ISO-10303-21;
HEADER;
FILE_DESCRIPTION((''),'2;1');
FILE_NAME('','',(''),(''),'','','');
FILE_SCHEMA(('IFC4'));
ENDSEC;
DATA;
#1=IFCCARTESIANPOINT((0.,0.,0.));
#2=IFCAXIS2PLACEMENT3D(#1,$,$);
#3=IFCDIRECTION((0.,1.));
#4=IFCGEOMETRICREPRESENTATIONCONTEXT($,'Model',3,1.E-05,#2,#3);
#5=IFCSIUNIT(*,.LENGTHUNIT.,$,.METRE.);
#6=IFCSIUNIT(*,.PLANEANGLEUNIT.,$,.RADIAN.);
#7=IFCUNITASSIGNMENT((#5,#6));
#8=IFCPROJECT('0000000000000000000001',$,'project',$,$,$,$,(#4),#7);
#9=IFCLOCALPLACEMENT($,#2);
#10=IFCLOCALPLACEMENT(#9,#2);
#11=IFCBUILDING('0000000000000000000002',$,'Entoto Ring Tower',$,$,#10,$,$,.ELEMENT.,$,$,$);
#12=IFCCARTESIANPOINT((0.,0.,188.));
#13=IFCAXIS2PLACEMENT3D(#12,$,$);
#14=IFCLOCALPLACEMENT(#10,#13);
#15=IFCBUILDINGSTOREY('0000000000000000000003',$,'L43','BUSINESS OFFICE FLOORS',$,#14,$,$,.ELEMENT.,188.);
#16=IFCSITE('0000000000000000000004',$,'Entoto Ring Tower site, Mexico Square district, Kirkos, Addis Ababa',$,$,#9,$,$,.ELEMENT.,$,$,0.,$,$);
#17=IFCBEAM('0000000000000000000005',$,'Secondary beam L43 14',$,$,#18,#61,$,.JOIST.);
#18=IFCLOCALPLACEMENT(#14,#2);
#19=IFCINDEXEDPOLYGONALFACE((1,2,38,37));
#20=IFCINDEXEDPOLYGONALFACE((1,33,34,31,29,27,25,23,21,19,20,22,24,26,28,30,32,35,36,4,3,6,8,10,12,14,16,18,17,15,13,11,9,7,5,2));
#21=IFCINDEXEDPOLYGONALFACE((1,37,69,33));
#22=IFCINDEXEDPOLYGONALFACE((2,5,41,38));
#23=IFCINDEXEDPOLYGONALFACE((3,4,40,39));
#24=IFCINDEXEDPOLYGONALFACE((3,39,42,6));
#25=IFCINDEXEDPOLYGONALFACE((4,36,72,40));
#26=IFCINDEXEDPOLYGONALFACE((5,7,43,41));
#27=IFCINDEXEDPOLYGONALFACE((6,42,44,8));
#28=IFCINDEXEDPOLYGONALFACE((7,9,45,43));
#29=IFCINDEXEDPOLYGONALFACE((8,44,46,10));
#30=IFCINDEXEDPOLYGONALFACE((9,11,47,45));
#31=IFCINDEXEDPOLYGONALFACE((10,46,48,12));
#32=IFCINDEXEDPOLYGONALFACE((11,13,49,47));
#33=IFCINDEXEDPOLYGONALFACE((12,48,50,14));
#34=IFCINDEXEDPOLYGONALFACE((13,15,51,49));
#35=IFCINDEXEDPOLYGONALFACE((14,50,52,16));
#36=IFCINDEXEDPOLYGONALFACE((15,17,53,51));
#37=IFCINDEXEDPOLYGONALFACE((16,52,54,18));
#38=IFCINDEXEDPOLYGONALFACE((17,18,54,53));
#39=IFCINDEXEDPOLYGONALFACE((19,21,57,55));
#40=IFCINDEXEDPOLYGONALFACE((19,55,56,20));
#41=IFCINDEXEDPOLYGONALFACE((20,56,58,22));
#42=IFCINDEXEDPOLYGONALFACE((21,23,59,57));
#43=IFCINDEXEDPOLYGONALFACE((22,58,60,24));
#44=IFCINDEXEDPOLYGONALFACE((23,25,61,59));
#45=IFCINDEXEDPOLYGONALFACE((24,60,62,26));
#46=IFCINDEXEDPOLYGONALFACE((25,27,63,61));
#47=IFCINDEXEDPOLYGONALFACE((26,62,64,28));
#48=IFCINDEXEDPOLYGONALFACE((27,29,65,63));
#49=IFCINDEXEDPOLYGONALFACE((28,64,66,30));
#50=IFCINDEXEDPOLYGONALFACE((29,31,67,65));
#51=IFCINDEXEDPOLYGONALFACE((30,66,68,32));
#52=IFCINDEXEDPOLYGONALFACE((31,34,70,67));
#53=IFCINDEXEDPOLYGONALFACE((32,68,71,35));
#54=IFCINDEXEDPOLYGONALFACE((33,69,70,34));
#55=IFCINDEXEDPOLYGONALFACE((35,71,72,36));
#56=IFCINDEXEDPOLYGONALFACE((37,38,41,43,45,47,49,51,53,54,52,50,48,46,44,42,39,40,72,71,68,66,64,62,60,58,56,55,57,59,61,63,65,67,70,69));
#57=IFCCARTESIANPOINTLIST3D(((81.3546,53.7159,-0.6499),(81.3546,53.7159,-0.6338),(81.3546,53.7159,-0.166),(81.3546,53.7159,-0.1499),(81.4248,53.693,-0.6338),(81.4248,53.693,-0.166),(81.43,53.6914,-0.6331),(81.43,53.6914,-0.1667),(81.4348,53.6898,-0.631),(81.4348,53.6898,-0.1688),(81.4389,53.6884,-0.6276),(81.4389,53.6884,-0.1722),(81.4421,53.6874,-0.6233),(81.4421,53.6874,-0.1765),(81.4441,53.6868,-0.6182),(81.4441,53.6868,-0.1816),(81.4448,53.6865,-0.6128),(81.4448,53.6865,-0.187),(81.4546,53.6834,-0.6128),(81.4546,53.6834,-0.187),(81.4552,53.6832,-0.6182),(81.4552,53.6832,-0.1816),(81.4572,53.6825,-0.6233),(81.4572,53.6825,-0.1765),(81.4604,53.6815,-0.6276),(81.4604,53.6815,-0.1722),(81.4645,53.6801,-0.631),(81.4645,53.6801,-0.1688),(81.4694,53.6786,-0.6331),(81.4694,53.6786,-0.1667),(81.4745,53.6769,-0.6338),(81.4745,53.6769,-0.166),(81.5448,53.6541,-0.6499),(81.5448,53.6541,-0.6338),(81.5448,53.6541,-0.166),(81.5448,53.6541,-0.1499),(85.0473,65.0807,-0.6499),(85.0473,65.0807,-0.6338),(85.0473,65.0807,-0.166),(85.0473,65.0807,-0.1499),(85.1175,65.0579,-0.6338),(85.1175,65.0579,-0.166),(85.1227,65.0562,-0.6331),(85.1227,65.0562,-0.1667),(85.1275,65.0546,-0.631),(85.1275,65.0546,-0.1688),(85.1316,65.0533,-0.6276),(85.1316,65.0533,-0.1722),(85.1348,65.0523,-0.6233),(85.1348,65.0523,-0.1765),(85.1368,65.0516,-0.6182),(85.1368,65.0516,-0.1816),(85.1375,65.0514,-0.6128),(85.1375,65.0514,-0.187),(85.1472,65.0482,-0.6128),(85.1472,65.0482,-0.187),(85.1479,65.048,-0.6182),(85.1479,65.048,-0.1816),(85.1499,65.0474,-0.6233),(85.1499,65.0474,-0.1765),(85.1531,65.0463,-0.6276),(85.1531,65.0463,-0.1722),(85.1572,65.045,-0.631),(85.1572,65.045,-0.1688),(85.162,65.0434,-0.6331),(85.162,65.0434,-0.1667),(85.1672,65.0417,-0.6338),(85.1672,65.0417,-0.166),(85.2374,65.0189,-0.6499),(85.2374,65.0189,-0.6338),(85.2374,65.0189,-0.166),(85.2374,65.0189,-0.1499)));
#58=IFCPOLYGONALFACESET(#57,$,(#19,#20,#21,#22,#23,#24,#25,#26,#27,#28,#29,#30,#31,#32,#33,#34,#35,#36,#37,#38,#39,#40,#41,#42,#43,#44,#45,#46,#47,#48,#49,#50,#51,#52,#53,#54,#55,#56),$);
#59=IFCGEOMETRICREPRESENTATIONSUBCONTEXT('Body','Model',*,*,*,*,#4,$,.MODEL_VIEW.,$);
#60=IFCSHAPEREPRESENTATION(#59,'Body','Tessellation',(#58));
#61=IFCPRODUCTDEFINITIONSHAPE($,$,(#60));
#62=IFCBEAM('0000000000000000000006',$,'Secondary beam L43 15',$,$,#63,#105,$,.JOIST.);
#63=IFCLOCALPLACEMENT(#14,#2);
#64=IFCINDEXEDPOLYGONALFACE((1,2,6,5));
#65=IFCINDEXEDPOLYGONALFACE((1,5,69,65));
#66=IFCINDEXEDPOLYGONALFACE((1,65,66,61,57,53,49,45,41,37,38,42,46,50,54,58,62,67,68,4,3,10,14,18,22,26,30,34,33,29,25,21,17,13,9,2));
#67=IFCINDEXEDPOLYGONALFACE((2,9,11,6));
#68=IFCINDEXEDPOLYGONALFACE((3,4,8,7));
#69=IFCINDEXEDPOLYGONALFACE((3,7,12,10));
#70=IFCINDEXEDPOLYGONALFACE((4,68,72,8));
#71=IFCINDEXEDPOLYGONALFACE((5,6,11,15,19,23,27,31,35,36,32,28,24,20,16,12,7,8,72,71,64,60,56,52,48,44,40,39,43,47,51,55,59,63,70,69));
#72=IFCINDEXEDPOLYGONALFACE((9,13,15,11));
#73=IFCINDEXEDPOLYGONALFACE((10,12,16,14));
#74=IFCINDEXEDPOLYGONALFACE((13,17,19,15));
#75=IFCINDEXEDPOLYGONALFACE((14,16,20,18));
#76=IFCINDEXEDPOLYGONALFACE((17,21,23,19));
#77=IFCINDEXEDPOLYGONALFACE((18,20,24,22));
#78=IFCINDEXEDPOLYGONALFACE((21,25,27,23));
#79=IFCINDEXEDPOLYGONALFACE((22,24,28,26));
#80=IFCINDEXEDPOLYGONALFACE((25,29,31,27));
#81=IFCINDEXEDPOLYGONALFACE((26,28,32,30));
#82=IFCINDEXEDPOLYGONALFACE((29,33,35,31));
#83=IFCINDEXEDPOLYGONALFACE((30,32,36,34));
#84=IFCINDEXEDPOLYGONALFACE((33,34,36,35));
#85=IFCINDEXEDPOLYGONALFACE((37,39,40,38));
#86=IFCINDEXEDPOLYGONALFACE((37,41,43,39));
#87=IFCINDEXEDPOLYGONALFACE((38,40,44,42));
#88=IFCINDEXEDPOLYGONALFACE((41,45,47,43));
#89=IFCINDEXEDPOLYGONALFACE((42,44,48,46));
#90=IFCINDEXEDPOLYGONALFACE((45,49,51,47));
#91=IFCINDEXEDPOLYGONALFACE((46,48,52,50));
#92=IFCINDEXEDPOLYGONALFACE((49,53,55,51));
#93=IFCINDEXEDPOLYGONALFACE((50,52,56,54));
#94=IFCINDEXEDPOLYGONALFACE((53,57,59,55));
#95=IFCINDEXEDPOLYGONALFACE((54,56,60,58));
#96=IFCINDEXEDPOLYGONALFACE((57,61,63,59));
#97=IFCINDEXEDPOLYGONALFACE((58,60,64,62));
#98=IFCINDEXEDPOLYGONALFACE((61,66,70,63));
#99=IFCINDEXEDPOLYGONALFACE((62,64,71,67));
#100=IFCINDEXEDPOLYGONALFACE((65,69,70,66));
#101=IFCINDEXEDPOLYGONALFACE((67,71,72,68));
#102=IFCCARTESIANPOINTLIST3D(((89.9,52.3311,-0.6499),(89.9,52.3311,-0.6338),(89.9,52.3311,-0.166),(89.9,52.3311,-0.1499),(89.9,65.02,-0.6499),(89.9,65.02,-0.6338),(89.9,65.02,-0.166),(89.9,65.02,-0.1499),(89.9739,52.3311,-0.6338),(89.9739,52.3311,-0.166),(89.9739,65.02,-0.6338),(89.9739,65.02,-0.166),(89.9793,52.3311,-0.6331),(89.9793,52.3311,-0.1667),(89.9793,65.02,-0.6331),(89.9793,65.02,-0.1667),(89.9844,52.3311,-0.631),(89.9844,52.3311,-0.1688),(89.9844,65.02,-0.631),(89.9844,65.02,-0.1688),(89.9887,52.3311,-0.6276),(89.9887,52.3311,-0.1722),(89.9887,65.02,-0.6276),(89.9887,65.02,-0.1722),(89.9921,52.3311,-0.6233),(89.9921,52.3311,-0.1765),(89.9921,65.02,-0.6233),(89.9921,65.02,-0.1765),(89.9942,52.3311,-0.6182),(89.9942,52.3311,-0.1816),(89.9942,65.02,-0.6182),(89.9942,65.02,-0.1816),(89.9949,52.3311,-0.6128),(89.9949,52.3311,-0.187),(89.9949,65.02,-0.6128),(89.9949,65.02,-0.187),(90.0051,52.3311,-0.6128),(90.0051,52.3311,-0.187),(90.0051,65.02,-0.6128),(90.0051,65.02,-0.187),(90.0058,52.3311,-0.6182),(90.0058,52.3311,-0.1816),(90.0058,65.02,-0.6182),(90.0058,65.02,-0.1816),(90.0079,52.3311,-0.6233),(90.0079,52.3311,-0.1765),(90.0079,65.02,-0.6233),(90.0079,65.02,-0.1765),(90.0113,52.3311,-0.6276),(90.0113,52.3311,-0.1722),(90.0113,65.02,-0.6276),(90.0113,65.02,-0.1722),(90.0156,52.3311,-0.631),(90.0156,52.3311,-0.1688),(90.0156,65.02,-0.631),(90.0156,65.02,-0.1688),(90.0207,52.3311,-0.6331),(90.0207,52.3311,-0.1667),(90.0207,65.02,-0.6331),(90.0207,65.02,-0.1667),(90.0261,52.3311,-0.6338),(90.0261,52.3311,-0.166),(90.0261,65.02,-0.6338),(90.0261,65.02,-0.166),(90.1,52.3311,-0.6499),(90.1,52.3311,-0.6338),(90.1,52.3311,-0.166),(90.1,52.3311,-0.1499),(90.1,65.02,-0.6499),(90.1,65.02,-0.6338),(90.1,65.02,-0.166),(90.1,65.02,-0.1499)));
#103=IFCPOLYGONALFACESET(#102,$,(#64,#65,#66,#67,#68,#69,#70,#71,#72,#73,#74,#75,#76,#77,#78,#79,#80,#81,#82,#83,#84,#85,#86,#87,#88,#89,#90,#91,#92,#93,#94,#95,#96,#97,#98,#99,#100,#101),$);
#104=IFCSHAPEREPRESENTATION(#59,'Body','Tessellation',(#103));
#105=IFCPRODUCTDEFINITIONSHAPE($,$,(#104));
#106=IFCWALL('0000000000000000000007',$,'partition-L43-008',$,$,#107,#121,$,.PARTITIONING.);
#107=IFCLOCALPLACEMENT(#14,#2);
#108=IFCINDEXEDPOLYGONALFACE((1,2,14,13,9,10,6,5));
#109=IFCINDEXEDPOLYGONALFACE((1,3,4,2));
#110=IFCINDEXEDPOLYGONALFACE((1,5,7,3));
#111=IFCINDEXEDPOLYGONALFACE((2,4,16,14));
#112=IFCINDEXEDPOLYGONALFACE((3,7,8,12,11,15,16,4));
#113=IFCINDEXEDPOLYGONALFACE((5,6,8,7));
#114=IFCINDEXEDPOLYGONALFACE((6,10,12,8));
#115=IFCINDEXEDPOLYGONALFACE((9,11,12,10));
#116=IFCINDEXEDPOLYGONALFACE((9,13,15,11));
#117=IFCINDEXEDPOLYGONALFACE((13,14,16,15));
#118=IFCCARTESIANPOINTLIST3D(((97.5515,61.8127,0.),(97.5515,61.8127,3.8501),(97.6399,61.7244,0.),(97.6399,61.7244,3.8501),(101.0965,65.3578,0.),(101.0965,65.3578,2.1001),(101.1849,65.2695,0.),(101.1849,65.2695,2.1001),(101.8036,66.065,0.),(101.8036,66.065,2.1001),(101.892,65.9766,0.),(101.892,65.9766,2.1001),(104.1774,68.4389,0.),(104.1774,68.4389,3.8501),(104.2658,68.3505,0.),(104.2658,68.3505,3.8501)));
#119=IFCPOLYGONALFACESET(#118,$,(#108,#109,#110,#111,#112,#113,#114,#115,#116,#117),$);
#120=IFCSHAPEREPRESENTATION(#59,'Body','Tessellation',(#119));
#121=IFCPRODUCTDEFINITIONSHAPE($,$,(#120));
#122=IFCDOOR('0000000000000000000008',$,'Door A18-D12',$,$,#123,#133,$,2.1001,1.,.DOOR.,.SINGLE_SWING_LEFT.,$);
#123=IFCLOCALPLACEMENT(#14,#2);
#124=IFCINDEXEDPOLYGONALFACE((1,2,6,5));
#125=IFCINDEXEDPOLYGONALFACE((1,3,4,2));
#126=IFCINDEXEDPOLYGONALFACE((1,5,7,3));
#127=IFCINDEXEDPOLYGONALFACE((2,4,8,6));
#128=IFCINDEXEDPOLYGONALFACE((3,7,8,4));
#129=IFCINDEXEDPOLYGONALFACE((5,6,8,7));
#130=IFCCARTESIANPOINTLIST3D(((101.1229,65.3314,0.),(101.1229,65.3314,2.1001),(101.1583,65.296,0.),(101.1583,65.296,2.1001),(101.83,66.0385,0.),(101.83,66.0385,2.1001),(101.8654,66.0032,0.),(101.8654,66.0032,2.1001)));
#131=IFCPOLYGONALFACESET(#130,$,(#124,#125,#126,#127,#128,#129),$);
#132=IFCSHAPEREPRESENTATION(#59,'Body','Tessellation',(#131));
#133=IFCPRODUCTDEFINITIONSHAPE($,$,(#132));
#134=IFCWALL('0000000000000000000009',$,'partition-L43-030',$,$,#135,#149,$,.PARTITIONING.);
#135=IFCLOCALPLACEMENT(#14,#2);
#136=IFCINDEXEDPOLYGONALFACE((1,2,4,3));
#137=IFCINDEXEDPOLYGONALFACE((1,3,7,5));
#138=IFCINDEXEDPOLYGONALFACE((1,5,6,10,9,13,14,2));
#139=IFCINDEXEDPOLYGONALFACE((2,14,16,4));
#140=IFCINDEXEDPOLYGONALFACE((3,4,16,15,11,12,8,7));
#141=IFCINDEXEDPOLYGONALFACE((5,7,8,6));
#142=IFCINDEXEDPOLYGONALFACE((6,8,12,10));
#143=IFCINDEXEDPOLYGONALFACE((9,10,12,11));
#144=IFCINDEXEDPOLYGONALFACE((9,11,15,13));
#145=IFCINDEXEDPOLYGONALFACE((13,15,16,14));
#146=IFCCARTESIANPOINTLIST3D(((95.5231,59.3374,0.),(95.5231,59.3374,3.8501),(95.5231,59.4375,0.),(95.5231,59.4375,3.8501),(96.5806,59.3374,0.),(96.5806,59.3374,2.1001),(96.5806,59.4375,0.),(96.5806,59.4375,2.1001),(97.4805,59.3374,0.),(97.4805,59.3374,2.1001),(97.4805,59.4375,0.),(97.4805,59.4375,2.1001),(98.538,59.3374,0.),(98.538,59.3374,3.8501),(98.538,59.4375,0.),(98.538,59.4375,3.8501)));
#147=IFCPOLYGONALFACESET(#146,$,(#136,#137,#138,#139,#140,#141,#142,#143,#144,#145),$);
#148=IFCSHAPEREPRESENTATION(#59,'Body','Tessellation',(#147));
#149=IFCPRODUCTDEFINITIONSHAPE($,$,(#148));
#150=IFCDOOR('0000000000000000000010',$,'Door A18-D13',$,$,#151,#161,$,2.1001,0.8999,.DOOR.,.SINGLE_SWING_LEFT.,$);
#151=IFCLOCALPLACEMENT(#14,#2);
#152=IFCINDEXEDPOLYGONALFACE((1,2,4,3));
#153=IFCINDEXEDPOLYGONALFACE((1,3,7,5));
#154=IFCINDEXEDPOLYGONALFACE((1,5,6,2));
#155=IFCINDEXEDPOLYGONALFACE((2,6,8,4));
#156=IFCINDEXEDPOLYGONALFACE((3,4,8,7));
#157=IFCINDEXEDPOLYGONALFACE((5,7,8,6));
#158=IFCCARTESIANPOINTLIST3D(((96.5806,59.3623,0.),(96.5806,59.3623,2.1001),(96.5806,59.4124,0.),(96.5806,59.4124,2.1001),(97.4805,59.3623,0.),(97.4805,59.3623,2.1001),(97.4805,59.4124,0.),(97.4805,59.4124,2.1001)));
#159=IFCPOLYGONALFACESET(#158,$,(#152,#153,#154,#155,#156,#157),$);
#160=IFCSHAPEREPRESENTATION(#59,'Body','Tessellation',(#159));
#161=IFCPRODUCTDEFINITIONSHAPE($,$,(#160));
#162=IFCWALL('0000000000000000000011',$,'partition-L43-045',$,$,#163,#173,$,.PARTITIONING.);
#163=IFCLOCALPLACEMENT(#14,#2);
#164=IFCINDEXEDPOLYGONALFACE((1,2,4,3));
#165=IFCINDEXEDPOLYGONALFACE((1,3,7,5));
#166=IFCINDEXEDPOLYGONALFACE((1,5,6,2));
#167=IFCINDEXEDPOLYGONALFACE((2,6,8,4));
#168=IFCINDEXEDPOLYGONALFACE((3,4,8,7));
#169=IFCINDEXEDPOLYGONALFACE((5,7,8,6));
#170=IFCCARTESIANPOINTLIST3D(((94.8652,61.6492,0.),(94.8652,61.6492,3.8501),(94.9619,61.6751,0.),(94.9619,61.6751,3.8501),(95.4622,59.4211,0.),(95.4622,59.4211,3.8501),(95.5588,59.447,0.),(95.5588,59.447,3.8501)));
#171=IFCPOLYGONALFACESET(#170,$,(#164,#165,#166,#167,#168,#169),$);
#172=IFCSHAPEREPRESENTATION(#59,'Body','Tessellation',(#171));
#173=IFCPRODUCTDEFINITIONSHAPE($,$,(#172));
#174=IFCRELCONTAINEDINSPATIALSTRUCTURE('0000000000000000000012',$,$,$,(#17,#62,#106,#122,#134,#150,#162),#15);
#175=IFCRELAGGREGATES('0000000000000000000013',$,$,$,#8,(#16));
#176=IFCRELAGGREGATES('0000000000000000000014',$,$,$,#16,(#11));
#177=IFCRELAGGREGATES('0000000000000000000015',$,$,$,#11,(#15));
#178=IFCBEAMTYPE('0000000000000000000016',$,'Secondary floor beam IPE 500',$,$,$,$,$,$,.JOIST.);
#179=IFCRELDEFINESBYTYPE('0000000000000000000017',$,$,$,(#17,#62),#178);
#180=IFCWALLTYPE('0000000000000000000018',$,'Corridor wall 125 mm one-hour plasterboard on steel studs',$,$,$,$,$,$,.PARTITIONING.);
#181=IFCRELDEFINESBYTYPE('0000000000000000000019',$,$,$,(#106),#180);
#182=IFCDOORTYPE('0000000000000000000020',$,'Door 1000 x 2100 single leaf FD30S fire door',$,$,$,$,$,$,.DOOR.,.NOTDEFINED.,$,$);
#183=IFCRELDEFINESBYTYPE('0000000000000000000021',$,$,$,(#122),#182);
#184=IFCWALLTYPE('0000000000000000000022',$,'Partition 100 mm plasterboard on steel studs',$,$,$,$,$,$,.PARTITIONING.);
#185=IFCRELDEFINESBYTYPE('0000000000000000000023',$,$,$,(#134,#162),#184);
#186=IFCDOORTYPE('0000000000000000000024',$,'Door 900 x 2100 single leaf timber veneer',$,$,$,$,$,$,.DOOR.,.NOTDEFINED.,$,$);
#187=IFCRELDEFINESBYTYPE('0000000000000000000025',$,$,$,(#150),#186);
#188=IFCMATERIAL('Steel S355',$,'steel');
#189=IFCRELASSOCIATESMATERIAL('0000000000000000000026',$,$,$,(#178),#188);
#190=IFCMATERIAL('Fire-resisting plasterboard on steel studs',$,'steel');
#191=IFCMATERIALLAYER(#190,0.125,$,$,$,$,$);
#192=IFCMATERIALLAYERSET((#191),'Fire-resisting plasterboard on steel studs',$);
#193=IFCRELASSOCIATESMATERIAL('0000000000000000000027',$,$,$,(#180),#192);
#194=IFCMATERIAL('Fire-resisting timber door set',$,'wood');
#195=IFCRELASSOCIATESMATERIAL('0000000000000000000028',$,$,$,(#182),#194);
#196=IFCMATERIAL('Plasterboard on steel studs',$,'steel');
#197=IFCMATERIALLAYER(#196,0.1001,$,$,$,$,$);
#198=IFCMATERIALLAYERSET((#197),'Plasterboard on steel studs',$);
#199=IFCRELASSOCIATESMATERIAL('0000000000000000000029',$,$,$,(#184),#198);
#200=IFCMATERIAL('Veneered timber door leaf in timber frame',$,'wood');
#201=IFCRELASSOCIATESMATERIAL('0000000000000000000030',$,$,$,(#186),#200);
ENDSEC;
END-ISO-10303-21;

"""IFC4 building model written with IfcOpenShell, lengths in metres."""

from ifc_helpers import new_model, si_unit, direction, frame, frame_2d, origin, origin_2d, place, context, subcontext, project, spatial, rectangle, i_section, extrude, material, layer, layer_set, material_profile, profile_set, type_object, element, fill, save


model = new_model("IFC4")

# Units and contexts
model_context = context("Model", 3, precision=1e-05, world=origin(), true_north=direction((0.0, 1.0)))
body_context = subcontext(model_context, "Body", "Model", "MODEL_VIEW")
ifc_project = project(units=[si_unit("LENGTHUNIT", "METRE"), si_unit("PLANEANGLEUNIT", "RADIAN")], contexts=[model_context])

# Site, building, storey
site_placement = place(None, origin())
site = spatial("IfcSite", under=ifc_project, at=site_placement, Name="Entoto Ring Tower site, Mexico Square district, Kirkos, Addis Ababa", CompositionType="ELEMENT", RefElevation=0.0)
building_placement = place(site_placement, origin())
building = spatial("IfcBuilding", under=site, at=building_placement, Name="Entoto Ring Tower", CompositionType="ELEMENT")
storey_placement = place(building_placement, frame((0.0, 0.0, 188.0)))
storey = spatial("IfcBuildingStorey", under=building, at=storey_placement, Name="L43", Description="BUSINESS OFFICE FLOORS", CompositionType="ELEMENT", Elevation=188.0)

# Beams
ifc_material_1 = material(Name="Steel S355", Category="steel")
ifc_material_profile_1 = material_profile(ifc_material_1, i_section(OverallWidth=0.2, OverallDepth=0.5, WebThickness=0.0103, FlangeThickness=0.0161, FilletRadius=0.021, at=origin_2d()), Name="IPE 500")
ifc_profile_set_1 = profile_set([ifc_material_profile_1], Name="Steel S355")
beam_type_1 = type_object("IfcBeamType", Name="Secondary floor beam IPE 500", PredefinedType="JOIST", material=ifc_profile_set_1)
beam_1_placement = place(storey_placement, frame((85.1423, 65.0498, -0.3999), z_axis=(-0.309017, -0.951057, 0.0), x_axis=(0.951057, -0.309017, 0.0)))
element("IfcBeam", 1, at=beam_1_placement, inside=storey, type_object=beam_type_1, Name="Secondary beam L43 14", PredefinedType="JOIST", context=body_context, shape_type="SweptSolid", body=[
    extrude(i_section(OverallWidth=0.2, OverallDepth=0.5, WebThickness=0.0103, FlangeThickness=0.0161, FilletRadius=0.021, at=origin_2d()), origin(), (0.0, 0.0, 1.0), 11.9497),
])
beam_2_placement = place(storey_placement, frame((90.0, 65.02, -0.3999), z_axis=(0.0, -1.0, 0.0), x_axis=(1.0, 0.0, 0.0)))
element("IfcBeam", 2, at=beam_2_placement, inside=storey, type_object=beam_type_1, Name="Secondary beam L43 15", PredefinedType="JOIST", context=body_context, shape_type="SweptSolid", body=[
    extrude(i_section(OverallWidth=0.2, OverallDepth=0.5, WebThickness=0.0103, FlangeThickness=0.0161, FilletRadius=0.021, at=origin_2d()), origin(), (0.0, 0.0, 1.0), 12.689),
])

# Walls, openings, doors
ifc_material_2 = material(Name="Fire-resisting plasterboard on steel studs", Category="steel")
ifc_layer_1 = layer(ifc_material_2, 0.125)
ifc_layer_set_1 = layer_set([ifc_layer_1], Name="Fire-resisting plasterboard on steel studs")
wall_type_1 = type_object("IfcWallType", Name="Corridor wall 125 mm one-hour plasterboard on steel studs", PredefinedType="PARTITIONING", material=ifc_layer_set_1)
wall_1_placement = place(storey_placement, frame((97.5957, 61.7686, 0.0), z_axis=(0.0, 0.0, 1.0), x_axis=(0.707094, 0.70712, 0.0)))
wall_1 = element("IfcWall", 3, at=wall_1_placement, inside=storey, type_object=wall_type_1, Name="partition-L43-008", PredefinedType="PARTITIONING", context=body_context, shape_type="SweptSolid", body=[
    extrude(rectangle(XDim=9.3706, YDim=0.125, at=frame_2d((4.6853, 0.0))), origin(), (0.0, 0.0, 1.0), 3.8501),
])
opening_1_placement = place(wall_1_placement, frame((5.0134, 0.0, 0.0)))
opening_1 = element("IfcOpeningElement", 4, at=opening_1_placement, cuts=wall_1, PredefinedType="OPENING", context=body_context, shape_type="SweptSolid", body=[
    extrude(rectangle(XDim=1.0, YDim=2.1001, at=frame_2d((0.5, 1.05))), frame((0.0, 0.0725, 0.0), z_axis=(0.0, -1.0, 0.0), x_axis=(1.0, 0.0, 0.0)), (0.0, 0.0, 1.0), 0.145),
])
ifc_material_3 = material(Name="Fire-resisting timber door set", Category="wood")
door_type_1 = type_object("IfcDoorType", Name="Door 1000 x 2100 single leaf FD30S fire door", OperationType="NOTDEFINED", PredefinedType="DOOR", material=ifc_material_3)
door_1_placement = place(opening_1_placement, frame((1.0, 0.0, 0.0), z_axis=(0.0, 0.0, 1.0), x_axis=(-1.0, 0.0, 0.0)))
door_1 = element("IfcDoor", 5, at=door_1_placement, inside=storey, type_object=door_type_1, Name="Door A18-D12", OperationType="SINGLE_SWING_LEFT", OverallHeight=2.1001, OverallWidth=1.0, PredefinedType="DOOR", context=body_context, shape_type="SweptSolid", body=[
    extrude(rectangle(XDim=1.0, YDim=2.1001, at=frame_2d((0.5, 1.05))), frame((0.0, 0.0249, 0.0), z_axis=(0.0, -1.0, 0.0), x_axis=(1.0, 0.0, 0.0)), (0.0, 0.0, 1.0), 0.05),
])
fill(opening_1, door_1)
ifc_material_4 = material(Name="Plasterboard on steel studs", Category="steel")
ifc_layer_2 = layer(ifc_material_4, 0.1001)
ifc_layer_set_2 = layer_set([ifc_layer_2], Name="Plasterboard on steel studs")
wall_type_2 = type_object("IfcWallType", Name="Partition 100 mm plasterboard on steel studs", PredefinedType="PARTITIONING", material=ifc_layer_set_2)
wall_2_placement = place(storey_placement, frame((95.5232, 59.3875, 0.0), z_axis=(0.0, 0.0, 1.0), x_axis=(1.0, 0.0, 0.0)))
wall_2 = element("IfcWall", 6, at=wall_2_placement, inside=storey, type_object=wall_type_2, Name="partition-L43-030", PredefinedType="PARTITIONING", context=body_context, shape_type="SweptSolid", body=[
    extrude(rectangle(XDim=3.0149, YDim=0.1001, at=frame_2d((1.5073, 0.0))), origin(), (0.0, 0.0, 1.0), 3.8501),
])
opening_2_placement = place(wall_2_placement, frame((1.0574, 0.0, 0.0)))
opening_2 = element("IfcOpeningElement", 7, at=opening_2_placement, cuts=wall_2, PredefinedType="OPENING", context=body_context, shape_type="SweptSolid", body=[
    extrude(rectangle(XDim=0.8999, YDim=2.1001, at=frame_2d((0.45, 1.05))), frame((0.0, 0.0601, 0.0), z_axis=(0.0, -1.0, 0.0), x_axis=(1.0, 0.0, 0.0)), (0.0, 0.0, 1.0), 0.1201),
])
ifc_material_5 = material(Name="Veneered timber door leaf in timber frame", Category="wood")
door_type_2 = type_object("IfcDoorType", Name="Door 900 x 2100 single leaf timber veneer", OperationType="NOTDEFINED", PredefinedType="DOOR", material=ifc_material_5)
door_2_placement = place(opening_2_placement, origin())
door_2 = element("IfcDoor", 8, at=door_2_placement, inside=storey, type_object=door_type_2, Name="Door A18-D13", OperationType="SINGLE_SWING_LEFT", OverallHeight=2.1001, OverallWidth=0.8999, PredefinedType="DOOR", context=body_context, shape_type="SweptSolid", body=[
    extrude(rectangle(XDim=0.8999, YDim=2.1001, at=frame_2d((0.45, 1.05))), frame((0.0, 0.0249, 0.0), z_axis=(0.0, -1.0, 0.0), x_axis=(1.0, 0.0, 0.0)), (0.0, 0.0, 1.0), 0.05),
])
fill(opening_2, door_2)

# Wall
wall_3_placement = place(storey_placement, frame((95.5105, 59.4341, 0.0), z_axis=(0.0, 0.0, 1.0), x_axis=(-0.258789, 0.965934, 0.0)))
element("IfcWall", 9, at=wall_3_placement, inside=storey, type_object=wall_type_2, Name="partition-L43-045", PredefinedType="PARTITIONING", context=body_context, shape_type="SweptSolid", body=[
    extrude(rectangle(XDim=2.3066, YDim=0.1001, at=frame_2d((1.1533, 0.0))), origin(), (0.0, 0.0, 1.0), 3.8501),
])

save(model, "model.ifc")
